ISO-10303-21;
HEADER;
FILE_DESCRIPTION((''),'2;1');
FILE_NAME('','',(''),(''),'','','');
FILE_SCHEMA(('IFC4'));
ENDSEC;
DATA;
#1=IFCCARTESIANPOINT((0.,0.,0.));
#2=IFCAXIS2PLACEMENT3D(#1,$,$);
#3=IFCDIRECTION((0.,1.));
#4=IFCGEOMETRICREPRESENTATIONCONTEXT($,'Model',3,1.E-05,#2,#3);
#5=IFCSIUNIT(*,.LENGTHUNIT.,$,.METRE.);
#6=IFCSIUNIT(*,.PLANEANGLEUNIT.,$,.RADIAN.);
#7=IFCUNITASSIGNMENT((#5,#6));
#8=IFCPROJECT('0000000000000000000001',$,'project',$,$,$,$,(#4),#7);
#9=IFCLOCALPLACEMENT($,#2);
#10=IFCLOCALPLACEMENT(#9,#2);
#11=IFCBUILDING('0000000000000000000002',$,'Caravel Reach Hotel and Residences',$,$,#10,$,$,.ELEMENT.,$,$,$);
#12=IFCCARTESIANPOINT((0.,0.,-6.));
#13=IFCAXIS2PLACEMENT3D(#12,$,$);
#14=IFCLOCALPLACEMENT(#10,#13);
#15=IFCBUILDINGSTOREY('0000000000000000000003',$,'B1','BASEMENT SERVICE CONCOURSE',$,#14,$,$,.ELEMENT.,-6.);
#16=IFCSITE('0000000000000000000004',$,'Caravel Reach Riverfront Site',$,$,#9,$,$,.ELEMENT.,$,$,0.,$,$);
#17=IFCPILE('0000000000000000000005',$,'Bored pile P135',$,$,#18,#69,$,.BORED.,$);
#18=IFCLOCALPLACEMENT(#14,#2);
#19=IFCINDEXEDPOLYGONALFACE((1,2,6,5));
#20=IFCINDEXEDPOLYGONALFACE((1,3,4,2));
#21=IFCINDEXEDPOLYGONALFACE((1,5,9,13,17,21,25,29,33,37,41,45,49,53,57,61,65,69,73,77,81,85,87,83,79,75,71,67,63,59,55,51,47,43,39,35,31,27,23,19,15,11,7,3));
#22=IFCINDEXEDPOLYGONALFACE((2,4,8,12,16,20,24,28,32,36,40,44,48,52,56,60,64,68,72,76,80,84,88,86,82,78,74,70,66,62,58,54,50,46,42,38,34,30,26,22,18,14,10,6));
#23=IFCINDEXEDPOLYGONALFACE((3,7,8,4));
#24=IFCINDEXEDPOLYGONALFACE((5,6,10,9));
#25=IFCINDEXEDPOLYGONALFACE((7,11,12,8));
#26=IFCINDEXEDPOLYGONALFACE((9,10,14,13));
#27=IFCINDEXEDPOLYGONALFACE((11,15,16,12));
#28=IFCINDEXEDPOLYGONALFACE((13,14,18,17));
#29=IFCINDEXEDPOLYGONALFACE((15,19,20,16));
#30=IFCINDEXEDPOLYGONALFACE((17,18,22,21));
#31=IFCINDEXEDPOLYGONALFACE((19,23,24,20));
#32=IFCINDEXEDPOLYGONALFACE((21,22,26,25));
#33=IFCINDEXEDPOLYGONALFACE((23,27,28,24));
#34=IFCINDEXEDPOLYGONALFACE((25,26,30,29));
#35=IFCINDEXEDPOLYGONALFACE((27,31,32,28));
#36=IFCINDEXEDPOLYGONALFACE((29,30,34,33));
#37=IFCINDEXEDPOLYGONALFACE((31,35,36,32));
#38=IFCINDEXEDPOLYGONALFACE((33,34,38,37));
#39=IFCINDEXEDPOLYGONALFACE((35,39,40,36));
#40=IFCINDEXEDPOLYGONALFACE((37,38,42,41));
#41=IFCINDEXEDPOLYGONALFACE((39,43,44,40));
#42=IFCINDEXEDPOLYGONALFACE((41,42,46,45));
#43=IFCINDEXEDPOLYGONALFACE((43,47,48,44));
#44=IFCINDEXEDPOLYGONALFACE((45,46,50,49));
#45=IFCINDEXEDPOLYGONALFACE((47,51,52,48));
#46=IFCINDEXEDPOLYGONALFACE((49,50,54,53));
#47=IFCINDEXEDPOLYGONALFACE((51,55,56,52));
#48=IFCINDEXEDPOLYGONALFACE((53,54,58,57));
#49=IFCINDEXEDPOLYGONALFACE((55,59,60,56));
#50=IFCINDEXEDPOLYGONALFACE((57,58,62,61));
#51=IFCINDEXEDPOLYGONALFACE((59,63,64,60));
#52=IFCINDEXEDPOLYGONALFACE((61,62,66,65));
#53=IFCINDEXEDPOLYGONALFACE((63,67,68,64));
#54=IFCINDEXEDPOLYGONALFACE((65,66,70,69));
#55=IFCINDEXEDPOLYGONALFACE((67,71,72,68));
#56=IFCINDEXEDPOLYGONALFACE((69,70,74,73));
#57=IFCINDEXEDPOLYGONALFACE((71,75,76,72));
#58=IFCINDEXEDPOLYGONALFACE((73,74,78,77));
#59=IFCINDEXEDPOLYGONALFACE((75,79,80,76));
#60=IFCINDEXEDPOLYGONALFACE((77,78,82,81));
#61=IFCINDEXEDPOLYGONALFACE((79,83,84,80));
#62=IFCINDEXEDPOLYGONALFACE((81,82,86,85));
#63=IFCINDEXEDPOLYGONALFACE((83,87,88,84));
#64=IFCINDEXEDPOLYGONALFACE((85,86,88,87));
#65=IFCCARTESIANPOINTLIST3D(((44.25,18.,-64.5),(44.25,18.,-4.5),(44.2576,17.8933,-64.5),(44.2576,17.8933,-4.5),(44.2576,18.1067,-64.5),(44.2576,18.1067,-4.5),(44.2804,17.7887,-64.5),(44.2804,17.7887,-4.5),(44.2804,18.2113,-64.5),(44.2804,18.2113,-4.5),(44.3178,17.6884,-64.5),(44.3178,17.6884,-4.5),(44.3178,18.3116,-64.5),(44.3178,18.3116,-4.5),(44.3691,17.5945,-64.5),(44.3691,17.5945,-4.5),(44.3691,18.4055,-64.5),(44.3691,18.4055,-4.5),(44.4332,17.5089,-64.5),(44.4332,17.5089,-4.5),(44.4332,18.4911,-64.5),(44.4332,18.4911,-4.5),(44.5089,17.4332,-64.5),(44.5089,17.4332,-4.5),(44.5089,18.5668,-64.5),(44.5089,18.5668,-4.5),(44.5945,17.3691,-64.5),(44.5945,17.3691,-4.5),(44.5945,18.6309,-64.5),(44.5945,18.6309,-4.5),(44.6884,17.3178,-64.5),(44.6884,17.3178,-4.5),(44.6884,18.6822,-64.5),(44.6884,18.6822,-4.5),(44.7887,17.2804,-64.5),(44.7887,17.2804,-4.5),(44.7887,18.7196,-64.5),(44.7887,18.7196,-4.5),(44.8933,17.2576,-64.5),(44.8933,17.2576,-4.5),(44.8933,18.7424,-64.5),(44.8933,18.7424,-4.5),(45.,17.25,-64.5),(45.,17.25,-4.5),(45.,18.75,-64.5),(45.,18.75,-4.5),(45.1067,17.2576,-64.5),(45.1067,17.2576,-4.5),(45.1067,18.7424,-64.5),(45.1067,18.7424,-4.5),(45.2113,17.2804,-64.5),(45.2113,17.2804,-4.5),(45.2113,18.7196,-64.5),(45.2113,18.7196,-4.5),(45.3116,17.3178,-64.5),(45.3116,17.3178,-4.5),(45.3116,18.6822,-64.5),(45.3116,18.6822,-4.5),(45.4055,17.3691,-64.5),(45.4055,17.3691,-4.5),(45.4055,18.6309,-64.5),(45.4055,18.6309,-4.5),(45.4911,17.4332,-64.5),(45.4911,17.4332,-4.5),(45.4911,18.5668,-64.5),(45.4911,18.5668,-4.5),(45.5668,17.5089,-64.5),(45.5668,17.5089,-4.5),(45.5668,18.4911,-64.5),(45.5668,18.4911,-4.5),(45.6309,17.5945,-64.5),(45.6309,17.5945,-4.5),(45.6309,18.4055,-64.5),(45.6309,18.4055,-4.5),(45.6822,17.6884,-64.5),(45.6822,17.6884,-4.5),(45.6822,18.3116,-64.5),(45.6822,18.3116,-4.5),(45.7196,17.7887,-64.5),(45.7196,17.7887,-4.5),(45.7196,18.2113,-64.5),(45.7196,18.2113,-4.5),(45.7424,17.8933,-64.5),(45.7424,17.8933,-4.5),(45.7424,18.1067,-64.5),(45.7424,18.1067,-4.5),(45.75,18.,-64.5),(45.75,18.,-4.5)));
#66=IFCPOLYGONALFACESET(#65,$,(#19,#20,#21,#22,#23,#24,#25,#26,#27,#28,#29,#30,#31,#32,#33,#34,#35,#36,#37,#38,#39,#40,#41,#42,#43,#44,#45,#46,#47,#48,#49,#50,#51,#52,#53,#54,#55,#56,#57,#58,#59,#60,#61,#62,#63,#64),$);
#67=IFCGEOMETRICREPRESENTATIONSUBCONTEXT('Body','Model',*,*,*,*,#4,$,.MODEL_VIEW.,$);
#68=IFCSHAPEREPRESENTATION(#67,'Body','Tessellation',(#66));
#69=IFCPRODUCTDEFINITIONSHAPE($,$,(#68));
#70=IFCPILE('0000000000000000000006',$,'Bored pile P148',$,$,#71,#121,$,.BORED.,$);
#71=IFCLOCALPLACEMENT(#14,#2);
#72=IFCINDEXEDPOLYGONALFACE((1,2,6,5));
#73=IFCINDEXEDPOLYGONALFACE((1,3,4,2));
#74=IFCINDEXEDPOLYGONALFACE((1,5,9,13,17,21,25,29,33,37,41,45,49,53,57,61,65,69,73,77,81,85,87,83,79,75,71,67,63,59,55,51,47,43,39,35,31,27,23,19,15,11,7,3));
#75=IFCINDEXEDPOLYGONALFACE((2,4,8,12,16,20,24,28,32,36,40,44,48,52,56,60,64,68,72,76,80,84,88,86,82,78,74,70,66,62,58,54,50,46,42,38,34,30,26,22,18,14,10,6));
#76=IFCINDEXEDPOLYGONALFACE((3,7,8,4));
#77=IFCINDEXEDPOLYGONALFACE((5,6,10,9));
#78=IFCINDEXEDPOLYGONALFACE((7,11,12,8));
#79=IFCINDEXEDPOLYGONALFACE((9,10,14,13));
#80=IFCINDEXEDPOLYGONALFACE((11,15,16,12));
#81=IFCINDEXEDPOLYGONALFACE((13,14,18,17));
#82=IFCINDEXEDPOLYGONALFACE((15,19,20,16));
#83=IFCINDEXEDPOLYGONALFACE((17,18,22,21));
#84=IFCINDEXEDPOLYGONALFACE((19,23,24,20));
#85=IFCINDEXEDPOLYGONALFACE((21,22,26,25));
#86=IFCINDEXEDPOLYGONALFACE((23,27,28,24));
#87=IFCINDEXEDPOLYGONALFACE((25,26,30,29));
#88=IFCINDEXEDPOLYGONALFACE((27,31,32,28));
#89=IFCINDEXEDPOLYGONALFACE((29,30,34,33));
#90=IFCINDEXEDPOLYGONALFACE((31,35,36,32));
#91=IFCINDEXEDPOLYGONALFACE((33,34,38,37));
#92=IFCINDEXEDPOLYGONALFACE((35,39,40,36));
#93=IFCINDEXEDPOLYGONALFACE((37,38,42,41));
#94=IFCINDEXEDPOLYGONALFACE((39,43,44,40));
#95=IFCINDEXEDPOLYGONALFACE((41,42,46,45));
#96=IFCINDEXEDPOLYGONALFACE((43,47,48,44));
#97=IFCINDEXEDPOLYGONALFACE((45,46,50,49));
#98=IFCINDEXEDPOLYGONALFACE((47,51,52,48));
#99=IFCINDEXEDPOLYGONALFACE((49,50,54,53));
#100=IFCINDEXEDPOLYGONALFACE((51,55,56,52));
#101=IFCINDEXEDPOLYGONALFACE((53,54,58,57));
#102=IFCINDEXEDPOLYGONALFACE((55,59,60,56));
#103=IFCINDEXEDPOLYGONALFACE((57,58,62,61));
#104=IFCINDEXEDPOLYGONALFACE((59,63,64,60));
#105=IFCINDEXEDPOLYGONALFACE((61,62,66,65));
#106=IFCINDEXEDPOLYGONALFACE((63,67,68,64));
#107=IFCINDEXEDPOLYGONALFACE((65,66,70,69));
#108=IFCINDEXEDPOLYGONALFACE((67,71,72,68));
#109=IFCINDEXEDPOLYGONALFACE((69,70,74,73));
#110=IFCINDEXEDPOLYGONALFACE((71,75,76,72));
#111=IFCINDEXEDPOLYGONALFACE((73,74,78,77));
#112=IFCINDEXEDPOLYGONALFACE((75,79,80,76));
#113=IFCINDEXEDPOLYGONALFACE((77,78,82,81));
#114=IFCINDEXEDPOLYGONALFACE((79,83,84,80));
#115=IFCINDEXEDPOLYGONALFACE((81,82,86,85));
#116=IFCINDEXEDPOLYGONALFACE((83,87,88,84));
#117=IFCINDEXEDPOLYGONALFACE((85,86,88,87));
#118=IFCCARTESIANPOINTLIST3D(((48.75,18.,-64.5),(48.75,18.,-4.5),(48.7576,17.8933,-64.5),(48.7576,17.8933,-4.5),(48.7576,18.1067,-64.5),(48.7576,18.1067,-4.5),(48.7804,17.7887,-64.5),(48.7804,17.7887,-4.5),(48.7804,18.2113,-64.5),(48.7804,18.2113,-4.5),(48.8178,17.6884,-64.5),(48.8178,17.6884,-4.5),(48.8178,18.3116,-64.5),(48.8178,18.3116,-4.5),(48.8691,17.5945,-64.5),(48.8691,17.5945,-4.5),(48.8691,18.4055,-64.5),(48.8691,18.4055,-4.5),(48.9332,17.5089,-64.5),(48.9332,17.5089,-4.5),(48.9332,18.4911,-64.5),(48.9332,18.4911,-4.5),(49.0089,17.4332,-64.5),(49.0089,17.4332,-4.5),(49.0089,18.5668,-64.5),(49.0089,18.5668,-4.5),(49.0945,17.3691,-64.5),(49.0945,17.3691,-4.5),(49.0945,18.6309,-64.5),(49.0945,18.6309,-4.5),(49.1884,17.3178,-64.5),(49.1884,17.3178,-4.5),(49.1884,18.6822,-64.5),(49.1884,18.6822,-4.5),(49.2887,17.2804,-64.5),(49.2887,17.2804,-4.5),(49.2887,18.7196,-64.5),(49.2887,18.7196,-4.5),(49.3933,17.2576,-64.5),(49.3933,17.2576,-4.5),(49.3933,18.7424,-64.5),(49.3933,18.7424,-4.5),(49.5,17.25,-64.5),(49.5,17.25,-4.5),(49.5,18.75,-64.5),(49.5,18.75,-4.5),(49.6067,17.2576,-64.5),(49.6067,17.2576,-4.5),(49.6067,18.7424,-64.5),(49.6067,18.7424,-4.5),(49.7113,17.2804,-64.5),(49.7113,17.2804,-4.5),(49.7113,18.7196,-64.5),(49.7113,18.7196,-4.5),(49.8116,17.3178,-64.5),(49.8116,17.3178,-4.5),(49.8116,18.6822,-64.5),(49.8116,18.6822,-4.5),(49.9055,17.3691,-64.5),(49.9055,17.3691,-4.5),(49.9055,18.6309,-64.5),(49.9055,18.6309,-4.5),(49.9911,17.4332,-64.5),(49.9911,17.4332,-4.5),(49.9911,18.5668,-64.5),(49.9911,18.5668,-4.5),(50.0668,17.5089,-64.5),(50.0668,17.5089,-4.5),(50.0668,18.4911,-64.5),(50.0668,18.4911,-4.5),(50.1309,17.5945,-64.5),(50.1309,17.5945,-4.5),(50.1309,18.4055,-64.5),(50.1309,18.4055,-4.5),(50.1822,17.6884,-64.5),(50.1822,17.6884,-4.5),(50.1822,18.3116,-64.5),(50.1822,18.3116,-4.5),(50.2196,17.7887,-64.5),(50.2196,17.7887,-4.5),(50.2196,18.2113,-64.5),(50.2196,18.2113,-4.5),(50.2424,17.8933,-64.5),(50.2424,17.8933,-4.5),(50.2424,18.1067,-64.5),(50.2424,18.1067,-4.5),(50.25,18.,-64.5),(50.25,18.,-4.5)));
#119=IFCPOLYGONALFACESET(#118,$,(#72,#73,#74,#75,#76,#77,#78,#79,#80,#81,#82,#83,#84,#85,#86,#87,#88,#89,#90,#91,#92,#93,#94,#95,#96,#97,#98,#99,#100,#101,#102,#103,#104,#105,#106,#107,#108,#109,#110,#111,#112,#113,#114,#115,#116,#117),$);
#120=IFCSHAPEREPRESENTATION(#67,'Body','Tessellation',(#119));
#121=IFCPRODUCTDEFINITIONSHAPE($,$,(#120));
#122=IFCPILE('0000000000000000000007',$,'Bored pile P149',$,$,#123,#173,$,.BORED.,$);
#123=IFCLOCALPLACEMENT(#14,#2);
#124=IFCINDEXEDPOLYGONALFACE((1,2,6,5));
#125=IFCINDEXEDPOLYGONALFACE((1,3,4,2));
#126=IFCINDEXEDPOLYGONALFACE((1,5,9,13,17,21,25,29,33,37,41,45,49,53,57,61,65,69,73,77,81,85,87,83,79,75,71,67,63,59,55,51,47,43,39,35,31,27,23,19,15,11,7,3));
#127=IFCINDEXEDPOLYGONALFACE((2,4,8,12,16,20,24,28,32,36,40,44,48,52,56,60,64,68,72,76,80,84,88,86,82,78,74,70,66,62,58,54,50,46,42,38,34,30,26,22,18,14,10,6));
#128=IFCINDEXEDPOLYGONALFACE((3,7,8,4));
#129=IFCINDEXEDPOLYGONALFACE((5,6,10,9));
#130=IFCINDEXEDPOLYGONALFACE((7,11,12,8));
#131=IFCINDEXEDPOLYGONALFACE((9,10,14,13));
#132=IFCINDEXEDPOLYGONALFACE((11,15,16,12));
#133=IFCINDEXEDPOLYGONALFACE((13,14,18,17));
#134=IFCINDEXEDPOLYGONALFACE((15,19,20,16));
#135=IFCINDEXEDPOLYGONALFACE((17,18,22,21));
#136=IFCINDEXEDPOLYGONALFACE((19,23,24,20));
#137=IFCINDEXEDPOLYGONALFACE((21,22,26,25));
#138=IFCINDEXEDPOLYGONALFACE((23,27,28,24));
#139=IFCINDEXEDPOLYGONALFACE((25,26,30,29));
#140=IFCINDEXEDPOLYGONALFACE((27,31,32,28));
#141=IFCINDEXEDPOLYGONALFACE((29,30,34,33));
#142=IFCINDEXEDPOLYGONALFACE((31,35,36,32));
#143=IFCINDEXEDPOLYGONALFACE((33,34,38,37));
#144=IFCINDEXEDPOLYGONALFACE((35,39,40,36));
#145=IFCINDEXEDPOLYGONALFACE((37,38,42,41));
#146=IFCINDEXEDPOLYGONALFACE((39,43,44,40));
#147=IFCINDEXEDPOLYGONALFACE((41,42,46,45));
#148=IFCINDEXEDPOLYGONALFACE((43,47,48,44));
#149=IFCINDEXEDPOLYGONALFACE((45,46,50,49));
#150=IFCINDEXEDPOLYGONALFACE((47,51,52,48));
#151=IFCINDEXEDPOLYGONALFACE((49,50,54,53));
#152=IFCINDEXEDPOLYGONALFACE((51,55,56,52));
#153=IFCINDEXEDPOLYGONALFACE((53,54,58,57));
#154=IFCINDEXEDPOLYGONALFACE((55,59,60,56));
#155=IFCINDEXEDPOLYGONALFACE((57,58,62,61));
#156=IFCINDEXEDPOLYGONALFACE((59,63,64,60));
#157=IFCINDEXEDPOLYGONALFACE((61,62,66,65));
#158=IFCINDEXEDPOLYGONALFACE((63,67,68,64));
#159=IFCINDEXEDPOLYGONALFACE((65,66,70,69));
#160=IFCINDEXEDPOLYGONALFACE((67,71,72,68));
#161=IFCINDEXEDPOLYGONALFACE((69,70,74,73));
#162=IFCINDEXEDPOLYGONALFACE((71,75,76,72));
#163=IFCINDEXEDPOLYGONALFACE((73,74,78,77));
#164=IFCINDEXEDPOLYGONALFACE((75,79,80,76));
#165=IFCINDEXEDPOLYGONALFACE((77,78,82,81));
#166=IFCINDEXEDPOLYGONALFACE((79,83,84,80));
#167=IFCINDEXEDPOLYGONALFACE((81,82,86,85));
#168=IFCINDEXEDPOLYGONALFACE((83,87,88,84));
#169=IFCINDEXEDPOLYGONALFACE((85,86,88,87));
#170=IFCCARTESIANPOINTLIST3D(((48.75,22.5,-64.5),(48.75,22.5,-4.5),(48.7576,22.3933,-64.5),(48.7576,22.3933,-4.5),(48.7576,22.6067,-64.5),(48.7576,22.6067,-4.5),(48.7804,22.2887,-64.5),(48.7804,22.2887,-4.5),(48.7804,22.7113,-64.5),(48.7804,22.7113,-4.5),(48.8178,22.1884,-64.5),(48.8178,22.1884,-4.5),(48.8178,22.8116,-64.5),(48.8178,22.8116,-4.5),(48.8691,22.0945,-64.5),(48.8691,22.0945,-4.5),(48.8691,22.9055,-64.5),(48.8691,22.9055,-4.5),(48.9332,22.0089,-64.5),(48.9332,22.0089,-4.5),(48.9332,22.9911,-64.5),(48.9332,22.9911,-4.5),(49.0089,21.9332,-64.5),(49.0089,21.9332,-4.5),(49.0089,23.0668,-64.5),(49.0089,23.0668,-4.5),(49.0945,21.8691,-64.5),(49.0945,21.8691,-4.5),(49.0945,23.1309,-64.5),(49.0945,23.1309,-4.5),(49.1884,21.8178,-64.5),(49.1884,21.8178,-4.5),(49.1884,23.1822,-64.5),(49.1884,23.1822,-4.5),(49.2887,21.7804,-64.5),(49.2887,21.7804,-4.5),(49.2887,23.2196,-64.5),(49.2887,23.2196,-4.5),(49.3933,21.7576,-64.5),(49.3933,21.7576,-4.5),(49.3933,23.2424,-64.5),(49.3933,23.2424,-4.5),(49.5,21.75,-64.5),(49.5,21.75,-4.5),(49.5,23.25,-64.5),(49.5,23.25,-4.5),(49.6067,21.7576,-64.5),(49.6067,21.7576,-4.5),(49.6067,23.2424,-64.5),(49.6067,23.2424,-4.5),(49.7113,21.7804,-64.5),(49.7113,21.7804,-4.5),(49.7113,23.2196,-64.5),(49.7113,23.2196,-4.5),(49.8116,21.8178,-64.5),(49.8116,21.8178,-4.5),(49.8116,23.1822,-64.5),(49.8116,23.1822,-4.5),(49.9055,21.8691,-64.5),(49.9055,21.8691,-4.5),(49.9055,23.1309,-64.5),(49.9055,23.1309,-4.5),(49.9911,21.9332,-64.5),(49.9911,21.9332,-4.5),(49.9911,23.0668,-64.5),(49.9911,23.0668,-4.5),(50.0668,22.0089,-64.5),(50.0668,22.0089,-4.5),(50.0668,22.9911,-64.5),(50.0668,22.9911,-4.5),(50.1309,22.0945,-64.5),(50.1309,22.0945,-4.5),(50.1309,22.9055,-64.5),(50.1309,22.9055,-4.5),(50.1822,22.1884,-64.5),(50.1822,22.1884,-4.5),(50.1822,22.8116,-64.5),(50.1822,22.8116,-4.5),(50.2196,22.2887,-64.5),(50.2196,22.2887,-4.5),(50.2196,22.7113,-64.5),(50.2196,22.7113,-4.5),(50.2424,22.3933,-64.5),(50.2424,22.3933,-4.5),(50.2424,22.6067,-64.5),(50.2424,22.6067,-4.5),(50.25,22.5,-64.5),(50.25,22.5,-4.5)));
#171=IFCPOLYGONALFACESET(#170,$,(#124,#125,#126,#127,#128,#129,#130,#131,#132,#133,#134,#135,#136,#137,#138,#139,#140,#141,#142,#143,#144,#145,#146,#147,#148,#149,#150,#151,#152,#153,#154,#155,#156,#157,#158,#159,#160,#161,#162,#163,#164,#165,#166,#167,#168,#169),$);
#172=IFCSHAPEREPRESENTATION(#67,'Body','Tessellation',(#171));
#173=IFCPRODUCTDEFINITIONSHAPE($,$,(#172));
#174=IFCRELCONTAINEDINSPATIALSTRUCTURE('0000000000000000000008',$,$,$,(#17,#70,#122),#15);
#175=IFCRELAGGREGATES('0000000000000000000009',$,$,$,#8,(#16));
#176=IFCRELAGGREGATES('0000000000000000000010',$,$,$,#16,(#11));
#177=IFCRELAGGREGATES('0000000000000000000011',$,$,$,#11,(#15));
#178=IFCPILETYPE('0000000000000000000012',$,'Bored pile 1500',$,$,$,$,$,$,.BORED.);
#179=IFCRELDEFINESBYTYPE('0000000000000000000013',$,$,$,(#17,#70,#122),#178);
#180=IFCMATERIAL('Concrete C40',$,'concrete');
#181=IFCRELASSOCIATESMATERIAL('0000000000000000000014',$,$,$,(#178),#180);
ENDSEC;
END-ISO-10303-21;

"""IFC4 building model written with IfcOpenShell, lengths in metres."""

from ifc_helpers import new_model, si_unit, direction, frame, origin, origin_2d, place, context, subcontext, project, spatial, circle, extrude, material, material_profile, profile_set, type_object, element, save


model = new_model("IFC4")

# Units and contexts
model_context = context("Model", 3, precision=1e-05, world=origin(), true_north=direction((0.0, 1.0)))
body_context = subcontext(model_context, "Body", "Model", "MODEL_VIEW")
ifc_project = project(units=[si_unit("LENGTHUNIT", "METRE"), si_unit("PLANEANGLEUNIT", "RADIAN")], contexts=[model_context])

# Site, building, storey
site_placement = place(None, origin())
site = spatial("IfcSite", under=ifc_project, at=site_placement, Name="Caravel Reach Riverfront Site", CompositionType="ELEMENT", RefElevation=0.0)
building_placement = place(site_placement, origin())
building = spatial("IfcBuilding", under=site, at=building_placement, Name="Caravel Reach Hotel and Residences", CompositionType="ELEMENT")
storey_placement = place(building_placement, frame((0.0, 0.0, -6.0)))
storey = spatial("IfcBuildingStorey", under=building, at=storey_placement, Name="B1", Description="BASEMENT SERVICE CONCOURSE", CompositionType="ELEMENT", Elevation=-6.0)

# Piles
ifc_material_1 = material(Name="Concrete C40", Category="concrete")
ifc_material_profile_1 = material_profile(ifc_material_1, circle(Radius=0.75, at=origin_2d()), Name="PILE 1500")
ifc_profile_set_1 = profile_set([ifc_material_profile_1], Name="Concrete C40")
pile_type_1 = type_object("IfcPileType", Name="Bored pile 1500", PredefinedType="BORED", material=ifc_profile_set_1)
for number, where, z_axis, x_axis, name in (
    (1, (45.0, 18.0, -4.5), (0.0, 0.0, -1.0), (1.0, 0.0, 0.0), "Bored pile P135"),
    (2, (49.5, 18.0, -4.5), (0.0, 0.0, -1.0), (1.0, 0.0, 0.0), "Bored pile P148"),
    (3, (49.5, 22.5, -4.5), (0.0, 0.0, -1.0), (1.0, 0.0, 0.0), "Bored pile P149"),
):
    element("IfcPile", number, at=place(storey_placement, frame(where, z_axis=z_axis, x_axis=x_axis)), inside=storey, type_object=pile_type_1, Name=name, PredefinedType="BORED", context=body_context, shape_type="SweptSolid", body=[
        extrude(circle(Radius=0.75, at=origin_2d()), origin(), (0.0, 0.0, 1.0), 60.0),
    ])

save(model, "model.ifc")
